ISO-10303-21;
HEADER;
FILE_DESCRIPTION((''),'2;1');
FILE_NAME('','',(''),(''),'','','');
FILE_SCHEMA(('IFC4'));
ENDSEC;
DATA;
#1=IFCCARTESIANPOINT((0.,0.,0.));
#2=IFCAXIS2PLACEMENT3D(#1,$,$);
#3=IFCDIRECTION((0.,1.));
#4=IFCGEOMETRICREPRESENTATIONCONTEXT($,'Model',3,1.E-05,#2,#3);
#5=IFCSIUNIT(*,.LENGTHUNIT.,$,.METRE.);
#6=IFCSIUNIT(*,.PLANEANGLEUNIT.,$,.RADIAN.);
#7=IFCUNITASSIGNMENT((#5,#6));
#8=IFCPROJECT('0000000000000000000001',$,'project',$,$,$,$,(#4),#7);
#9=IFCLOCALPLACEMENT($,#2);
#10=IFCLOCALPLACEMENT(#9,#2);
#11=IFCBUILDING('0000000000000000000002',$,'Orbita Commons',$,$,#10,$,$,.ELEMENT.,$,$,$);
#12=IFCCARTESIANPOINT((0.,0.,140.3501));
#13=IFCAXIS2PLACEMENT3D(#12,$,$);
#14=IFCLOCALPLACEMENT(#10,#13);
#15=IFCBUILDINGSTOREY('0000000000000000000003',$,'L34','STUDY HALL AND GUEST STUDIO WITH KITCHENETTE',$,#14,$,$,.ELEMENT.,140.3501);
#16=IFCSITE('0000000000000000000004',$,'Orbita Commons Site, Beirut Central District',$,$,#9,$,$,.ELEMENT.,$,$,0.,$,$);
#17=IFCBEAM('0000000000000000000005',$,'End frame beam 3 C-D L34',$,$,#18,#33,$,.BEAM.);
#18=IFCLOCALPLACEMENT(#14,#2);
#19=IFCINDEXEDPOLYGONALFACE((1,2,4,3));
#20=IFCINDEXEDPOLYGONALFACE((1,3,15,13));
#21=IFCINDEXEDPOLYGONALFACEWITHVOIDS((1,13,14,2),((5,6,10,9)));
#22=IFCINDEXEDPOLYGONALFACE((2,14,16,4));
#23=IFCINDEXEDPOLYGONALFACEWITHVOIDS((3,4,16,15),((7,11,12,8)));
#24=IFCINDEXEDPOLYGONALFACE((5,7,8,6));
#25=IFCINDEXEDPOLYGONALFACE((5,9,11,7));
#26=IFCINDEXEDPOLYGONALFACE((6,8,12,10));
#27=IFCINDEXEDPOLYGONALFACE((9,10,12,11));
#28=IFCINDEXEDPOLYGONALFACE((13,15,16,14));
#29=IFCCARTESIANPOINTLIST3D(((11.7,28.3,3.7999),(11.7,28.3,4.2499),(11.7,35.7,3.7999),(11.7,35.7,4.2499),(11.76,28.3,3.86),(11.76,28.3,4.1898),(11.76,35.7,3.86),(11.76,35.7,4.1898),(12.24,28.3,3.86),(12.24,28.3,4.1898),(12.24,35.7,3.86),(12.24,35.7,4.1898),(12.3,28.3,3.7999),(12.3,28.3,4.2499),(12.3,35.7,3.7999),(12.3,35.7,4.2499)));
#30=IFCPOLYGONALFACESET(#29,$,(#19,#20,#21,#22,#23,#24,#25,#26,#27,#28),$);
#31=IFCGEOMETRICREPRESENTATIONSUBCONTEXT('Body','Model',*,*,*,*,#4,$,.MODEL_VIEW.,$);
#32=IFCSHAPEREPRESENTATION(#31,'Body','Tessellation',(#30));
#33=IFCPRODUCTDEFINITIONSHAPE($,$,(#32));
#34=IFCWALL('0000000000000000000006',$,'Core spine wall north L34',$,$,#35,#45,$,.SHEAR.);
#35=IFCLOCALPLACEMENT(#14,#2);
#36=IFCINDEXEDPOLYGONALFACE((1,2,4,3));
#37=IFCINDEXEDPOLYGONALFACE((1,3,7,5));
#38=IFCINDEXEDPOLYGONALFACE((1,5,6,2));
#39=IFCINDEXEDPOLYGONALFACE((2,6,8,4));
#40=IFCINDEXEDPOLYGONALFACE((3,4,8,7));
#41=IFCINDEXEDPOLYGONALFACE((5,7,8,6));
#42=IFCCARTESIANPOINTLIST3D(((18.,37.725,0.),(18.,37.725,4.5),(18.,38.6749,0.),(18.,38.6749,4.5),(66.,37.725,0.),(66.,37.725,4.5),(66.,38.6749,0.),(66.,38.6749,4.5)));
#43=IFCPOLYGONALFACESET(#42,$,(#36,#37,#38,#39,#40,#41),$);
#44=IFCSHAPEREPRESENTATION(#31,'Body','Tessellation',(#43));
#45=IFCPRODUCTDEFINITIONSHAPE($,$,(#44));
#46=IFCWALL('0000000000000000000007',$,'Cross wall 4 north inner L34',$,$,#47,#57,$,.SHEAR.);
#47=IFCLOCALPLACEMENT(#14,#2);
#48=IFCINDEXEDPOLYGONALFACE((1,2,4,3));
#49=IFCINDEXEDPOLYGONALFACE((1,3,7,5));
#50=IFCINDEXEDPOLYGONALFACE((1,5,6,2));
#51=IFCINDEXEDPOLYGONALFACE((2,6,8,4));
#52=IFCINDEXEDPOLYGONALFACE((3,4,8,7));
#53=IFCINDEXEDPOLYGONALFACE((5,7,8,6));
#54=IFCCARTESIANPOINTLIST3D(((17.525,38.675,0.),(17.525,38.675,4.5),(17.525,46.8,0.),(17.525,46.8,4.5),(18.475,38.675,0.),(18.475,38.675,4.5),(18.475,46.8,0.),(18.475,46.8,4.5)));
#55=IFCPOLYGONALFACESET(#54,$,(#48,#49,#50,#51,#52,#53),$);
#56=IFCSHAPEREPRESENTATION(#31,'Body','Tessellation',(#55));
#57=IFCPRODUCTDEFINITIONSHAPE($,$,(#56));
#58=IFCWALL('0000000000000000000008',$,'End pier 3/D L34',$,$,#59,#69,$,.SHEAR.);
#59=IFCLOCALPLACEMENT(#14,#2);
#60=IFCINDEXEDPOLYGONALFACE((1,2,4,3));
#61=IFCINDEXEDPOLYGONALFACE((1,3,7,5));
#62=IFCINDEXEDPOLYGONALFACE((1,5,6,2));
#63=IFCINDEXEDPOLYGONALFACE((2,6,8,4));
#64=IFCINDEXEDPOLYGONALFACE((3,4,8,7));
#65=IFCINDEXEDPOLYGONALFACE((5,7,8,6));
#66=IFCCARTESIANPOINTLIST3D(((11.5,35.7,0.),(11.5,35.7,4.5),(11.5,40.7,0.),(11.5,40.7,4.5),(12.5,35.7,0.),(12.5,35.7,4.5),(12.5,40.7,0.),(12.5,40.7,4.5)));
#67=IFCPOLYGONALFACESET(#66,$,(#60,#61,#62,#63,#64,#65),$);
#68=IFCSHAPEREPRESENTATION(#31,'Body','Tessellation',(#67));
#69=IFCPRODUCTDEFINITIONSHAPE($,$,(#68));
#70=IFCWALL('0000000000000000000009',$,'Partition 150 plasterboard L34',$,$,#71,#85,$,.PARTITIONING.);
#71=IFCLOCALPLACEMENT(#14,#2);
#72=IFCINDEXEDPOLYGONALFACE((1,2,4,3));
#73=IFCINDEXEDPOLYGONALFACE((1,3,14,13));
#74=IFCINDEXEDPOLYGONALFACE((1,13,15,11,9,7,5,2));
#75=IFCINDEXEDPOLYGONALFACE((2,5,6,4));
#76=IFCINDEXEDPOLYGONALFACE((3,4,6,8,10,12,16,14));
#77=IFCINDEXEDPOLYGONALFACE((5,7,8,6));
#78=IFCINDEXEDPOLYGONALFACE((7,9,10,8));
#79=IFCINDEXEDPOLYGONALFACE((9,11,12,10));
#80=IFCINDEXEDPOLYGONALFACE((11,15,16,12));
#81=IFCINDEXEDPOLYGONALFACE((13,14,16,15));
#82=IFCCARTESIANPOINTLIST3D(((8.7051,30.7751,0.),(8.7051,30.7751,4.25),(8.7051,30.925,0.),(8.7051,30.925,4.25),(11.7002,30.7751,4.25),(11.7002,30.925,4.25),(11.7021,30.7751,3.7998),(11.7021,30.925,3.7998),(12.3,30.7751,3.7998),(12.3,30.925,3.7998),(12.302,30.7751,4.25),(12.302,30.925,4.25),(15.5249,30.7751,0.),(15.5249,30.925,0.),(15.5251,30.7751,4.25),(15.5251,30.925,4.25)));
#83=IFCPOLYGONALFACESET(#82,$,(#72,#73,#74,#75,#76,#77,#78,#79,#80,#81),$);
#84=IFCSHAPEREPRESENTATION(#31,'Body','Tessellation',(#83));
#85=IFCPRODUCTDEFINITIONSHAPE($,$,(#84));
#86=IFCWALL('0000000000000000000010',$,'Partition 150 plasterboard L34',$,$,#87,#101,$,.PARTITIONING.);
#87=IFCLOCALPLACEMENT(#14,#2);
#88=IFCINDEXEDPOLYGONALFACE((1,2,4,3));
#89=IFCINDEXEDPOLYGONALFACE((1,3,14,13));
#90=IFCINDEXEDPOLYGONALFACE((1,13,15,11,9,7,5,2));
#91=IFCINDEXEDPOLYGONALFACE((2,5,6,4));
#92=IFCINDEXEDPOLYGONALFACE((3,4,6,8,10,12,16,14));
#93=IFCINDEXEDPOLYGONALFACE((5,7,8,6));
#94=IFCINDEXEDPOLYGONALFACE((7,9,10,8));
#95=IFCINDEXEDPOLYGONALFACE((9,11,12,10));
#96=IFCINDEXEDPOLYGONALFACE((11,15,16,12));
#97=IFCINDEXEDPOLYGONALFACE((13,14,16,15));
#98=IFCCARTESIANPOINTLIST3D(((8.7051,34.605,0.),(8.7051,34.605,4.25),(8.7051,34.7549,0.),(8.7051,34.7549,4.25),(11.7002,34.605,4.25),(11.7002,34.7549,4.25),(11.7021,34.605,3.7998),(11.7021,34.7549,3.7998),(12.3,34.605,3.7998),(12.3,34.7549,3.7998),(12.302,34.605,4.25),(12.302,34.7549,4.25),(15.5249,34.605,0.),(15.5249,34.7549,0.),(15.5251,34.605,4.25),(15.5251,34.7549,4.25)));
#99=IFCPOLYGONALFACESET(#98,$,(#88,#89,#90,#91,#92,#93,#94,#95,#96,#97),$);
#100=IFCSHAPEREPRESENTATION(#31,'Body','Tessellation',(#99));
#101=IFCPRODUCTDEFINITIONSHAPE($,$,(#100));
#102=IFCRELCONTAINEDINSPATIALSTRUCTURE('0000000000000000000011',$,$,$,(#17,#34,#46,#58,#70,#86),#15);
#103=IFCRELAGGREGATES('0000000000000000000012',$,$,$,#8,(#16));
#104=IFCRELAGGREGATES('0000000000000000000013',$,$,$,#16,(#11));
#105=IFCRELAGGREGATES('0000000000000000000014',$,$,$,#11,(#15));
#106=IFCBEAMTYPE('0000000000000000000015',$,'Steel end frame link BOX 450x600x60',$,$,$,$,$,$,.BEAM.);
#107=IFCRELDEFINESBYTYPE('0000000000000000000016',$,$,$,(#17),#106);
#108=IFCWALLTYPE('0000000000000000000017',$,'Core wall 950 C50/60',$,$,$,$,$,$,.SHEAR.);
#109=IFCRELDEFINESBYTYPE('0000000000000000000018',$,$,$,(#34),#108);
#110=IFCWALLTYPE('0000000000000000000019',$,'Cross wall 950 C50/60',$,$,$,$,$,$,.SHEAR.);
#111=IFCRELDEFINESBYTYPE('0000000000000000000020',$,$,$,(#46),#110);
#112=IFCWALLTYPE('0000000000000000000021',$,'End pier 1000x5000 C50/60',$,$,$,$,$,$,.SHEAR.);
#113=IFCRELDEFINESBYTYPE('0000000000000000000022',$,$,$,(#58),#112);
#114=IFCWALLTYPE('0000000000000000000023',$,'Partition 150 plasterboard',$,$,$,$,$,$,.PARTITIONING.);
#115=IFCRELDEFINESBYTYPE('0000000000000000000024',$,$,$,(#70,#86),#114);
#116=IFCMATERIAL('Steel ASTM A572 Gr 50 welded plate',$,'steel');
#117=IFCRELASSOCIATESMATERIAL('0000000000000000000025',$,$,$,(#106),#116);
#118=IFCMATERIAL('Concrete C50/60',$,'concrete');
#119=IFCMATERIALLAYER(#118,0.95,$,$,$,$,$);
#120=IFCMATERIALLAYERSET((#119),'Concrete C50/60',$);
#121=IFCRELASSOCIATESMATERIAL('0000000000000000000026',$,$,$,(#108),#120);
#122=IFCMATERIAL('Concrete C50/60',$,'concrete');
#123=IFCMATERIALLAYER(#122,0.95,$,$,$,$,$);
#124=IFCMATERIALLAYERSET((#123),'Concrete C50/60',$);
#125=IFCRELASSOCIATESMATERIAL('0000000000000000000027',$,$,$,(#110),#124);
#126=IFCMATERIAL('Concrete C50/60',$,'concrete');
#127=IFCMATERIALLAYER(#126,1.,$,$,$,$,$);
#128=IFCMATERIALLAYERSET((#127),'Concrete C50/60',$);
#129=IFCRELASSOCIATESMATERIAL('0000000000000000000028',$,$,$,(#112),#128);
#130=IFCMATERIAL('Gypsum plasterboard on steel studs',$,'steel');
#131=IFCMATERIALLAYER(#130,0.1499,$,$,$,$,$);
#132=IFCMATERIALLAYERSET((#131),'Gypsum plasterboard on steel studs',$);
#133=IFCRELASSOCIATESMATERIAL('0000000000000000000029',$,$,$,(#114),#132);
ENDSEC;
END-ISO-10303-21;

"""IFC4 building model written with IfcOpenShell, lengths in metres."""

from ifc_helpers import new_model, si_unit, direction, frame, frame_2d, origin, origin_2d, place, context, subcontext, project, spatial, polyline, rectangle, hollow_rectangle, outline, extrude, material, layer, layer_set, material_profile, profile_set, type_object, element, save


model = new_model("IFC4")

# Units and contexts
model_context = context("Model", 3, precision=1e-05, world=origin(), true_north=direction((0.0, 1.0)))
body_context = subcontext(model_context, "Body", "Model", "MODEL_VIEW")
ifc_project = project(units=[si_unit("LENGTHUNIT", "METRE"), si_unit("PLANEANGLEUNIT", "RADIAN")], contexts=[model_context])

# Site, building, storey
site_placement = place(None, origin())
site = spatial("IfcSite", under=ifc_project, at=site_placement, Name="Orbita Commons Site, Beirut Central District", CompositionType="ELEMENT", RefElevation=0.0)
building_placement = place(site_placement, origin())
building = spatial("IfcBuilding", under=site, at=building_placement, Name="Orbita Commons", CompositionType="ELEMENT")
storey_placement = place(building_placement, frame((0.0, 0.0, 140.3501)))
storey = spatial("IfcBuildingStorey", under=building, at=storey_placement, Name="L34", Description="STUDY HALL AND GUEST STUDIO WITH KITCHENETTE", CompositionType="ELEMENT", Elevation=140.3501)

# Beam
ifc_material_1 = material(Name="Steel ASTM A572 Gr 50 welded plate", Category="steel")
ifc_material_profile = material_profile(ifc_material_1, hollow_rectangle(XDim=0.6001, YDim=0.45, WallThickness=0.0601, at=origin_2d()), Name="BOX 450x600x60")
ifc_profile_set = profile_set([ifc_material_profile], Name="Steel ASTM A572 Gr 50 welded plate")
beam_type = type_object("IfcBeamType", Name="Steel end frame link BOX 450x600x60", PredefinedType="BEAM", material=ifc_profile_set)
beam_placement = place(storey_placement, frame((12.0, 28.3, 4.0249), z_axis=(0.0, 1.0, 0.0), x_axis=(-1.0, 0.0, 0.0)))
element("IfcBeam", 1, at=beam_placement, inside=storey, type_object=beam_type, Name="End frame beam 3 C-D L34", PredefinedType="BEAM", context=body_context, shape_type="SweptSolid", body=[
    extrude(hollow_rectangle(XDim=0.6001, YDim=0.45, WallThickness=0.0601, at=origin_2d()), origin(), (0.0, 0.0, 1.0), 7.3999),
])

# Walls
ifc_material_2 = material(Name="Concrete C50/60", Category="concrete")
ifc_layer_1 = layer(ifc_material_2, 0.95)
ifc_layer_set_1 = layer_set([ifc_layer_1], Name="Concrete C50/60")
wall_type_1 = type_object("IfcWallType", Name="Core wall 950 C50/60", PredefinedType="SHEAR", material=ifc_layer_set_1)
wall_1_placement = place(storey_placement, frame((18.0, 38.2, 0.0), z_axis=(0.0, 0.0, 1.0), x_axis=(1.0, 0.0, 0.0)))
element("IfcWall", 2, at=wall_1_placement, inside=storey, type_object=wall_type_1, Name="Core spine wall north L34", PredefinedType="SHEAR", context=body_context, shape_type="SweptSolid", body=[
    extrude(rectangle(XDim=48.0, YDim=0.95, at=frame_2d((24.0, 0.0))), origin(), (0.0, 0.0, 1.0), 4.5),
])
ifc_material_3 = material(Name="Concrete C50/60", Category="concrete")
ifc_layer_2 = layer(ifc_material_3, 0.95)
ifc_layer_set_2 = layer_set([ifc_layer_2], Name="Concrete C50/60")
wall_type_2 = type_object("IfcWallType", Name="Cross wall 950 C50/60", PredefinedType="SHEAR", material=ifc_layer_set_2)
wall_2_placement = place(storey_placement, frame((18.0, 38.675, 0.0), z_axis=(0.0, 0.0, 1.0), x_axis=(0.0, 1.0, 0.0)))
element("IfcWall", 3, at=wall_2_placement, inside=storey, type_object=wall_type_2, Name="Cross wall 4 north inner L34", PredefinedType="SHEAR", context=body_context, shape_type="SweptSolid", body=[
    extrude(rectangle(XDim=8.125, YDim=0.95, at=frame_2d((4.0625, 0.0))), origin(), (0.0, 0.0, 1.0), 4.5),
])
ifc_material_4 = material(Name="Concrete C50/60", Category="concrete")
ifc_layer_3 = layer(ifc_material_4, 1.0)
ifc_layer_set_3 = layer_set([ifc_layer_3], Name="Concrete C50/60")
wall_type_3 = type_object("IfcWallType", Name="End pier 1000x5000 C50/60", PredefinedType="SHEAR", material=ifc_layer_set_3)
wall_3_placement = place(storey_placement, frame((12.0, 35.7, 0.0), z_axis=(0.0, 0.0, 1.0), x_axis=(0.0, 1.0, 0.0)))
element("IfcWall", 4, at=wall_3_placement, inside=storey, type_object=wall_type_3, Name="End pier 3/D L34", PredefinedType="SHEAR", context=body_context, shape_type="SweptSolid", body=[
    extrude(rectangle(XDim=5.0, YDim=1.0, at=frame_2d((2.5, 0.0))), origin(), (0.0, 0.0, 1.0), 4.5),
])
ifc_material_5 = material(Name="Gypsum plasterboard on steel studs", Category="steel")
ifc_layer_4 = layer(ifc_material_5, 0.1499)
ifc_layer_set_4 = layer_set([ifc_layer_4], Name="Gypsum plasterboard on steel studs")
wall_type_4 = type_object("IfcWallType", Name="Partition 150 plasterboard", PredefinedType="PARTITIONING", material=ifc_layer_set_4)
for number, where, z_axis, x_axis, name in (
    (5, (8.7051, 30.8501, 0.0), (0.0, 0.0, 1.0), (1.0, 0.0, 0.0), "Partition 150 plasterboard L34"),
    (6, (8.7051, 34.6799, 0.0), (0.0, 0.0, 1.0), (1.0, 0.0, 0.0), "Partition 150 plasterboard L34"),
):
    element("IfcWall", number, at=place(storey_placement, frame(where, z_axis=z_axis, x_axis=x_axis)), inside=storey, type_object=wall_type_4, Name=name, PredefinedType="PARTITIONING", context=body_context, shape_type="SweptSolid", body=[
        extrude(outline(polyline([(0.0, 0.0), (6.8198, 0.0), (6.8201, 4.25), (3.5969, 4.25), (3.595, 3.7998), (2.9971, 3.7998), (2.9951, 4.25), (0.0, 4.25), (0.0, 0.0)])), frame((0.0, 0.075, 0.0), z_axis=(0.0, -1.0, 0.0), x_axis=(1.0, 0.0, 0.0)), (0.0, 0.0, 1.0), 0.1499),
    ])

save(model, "model.ifc")
